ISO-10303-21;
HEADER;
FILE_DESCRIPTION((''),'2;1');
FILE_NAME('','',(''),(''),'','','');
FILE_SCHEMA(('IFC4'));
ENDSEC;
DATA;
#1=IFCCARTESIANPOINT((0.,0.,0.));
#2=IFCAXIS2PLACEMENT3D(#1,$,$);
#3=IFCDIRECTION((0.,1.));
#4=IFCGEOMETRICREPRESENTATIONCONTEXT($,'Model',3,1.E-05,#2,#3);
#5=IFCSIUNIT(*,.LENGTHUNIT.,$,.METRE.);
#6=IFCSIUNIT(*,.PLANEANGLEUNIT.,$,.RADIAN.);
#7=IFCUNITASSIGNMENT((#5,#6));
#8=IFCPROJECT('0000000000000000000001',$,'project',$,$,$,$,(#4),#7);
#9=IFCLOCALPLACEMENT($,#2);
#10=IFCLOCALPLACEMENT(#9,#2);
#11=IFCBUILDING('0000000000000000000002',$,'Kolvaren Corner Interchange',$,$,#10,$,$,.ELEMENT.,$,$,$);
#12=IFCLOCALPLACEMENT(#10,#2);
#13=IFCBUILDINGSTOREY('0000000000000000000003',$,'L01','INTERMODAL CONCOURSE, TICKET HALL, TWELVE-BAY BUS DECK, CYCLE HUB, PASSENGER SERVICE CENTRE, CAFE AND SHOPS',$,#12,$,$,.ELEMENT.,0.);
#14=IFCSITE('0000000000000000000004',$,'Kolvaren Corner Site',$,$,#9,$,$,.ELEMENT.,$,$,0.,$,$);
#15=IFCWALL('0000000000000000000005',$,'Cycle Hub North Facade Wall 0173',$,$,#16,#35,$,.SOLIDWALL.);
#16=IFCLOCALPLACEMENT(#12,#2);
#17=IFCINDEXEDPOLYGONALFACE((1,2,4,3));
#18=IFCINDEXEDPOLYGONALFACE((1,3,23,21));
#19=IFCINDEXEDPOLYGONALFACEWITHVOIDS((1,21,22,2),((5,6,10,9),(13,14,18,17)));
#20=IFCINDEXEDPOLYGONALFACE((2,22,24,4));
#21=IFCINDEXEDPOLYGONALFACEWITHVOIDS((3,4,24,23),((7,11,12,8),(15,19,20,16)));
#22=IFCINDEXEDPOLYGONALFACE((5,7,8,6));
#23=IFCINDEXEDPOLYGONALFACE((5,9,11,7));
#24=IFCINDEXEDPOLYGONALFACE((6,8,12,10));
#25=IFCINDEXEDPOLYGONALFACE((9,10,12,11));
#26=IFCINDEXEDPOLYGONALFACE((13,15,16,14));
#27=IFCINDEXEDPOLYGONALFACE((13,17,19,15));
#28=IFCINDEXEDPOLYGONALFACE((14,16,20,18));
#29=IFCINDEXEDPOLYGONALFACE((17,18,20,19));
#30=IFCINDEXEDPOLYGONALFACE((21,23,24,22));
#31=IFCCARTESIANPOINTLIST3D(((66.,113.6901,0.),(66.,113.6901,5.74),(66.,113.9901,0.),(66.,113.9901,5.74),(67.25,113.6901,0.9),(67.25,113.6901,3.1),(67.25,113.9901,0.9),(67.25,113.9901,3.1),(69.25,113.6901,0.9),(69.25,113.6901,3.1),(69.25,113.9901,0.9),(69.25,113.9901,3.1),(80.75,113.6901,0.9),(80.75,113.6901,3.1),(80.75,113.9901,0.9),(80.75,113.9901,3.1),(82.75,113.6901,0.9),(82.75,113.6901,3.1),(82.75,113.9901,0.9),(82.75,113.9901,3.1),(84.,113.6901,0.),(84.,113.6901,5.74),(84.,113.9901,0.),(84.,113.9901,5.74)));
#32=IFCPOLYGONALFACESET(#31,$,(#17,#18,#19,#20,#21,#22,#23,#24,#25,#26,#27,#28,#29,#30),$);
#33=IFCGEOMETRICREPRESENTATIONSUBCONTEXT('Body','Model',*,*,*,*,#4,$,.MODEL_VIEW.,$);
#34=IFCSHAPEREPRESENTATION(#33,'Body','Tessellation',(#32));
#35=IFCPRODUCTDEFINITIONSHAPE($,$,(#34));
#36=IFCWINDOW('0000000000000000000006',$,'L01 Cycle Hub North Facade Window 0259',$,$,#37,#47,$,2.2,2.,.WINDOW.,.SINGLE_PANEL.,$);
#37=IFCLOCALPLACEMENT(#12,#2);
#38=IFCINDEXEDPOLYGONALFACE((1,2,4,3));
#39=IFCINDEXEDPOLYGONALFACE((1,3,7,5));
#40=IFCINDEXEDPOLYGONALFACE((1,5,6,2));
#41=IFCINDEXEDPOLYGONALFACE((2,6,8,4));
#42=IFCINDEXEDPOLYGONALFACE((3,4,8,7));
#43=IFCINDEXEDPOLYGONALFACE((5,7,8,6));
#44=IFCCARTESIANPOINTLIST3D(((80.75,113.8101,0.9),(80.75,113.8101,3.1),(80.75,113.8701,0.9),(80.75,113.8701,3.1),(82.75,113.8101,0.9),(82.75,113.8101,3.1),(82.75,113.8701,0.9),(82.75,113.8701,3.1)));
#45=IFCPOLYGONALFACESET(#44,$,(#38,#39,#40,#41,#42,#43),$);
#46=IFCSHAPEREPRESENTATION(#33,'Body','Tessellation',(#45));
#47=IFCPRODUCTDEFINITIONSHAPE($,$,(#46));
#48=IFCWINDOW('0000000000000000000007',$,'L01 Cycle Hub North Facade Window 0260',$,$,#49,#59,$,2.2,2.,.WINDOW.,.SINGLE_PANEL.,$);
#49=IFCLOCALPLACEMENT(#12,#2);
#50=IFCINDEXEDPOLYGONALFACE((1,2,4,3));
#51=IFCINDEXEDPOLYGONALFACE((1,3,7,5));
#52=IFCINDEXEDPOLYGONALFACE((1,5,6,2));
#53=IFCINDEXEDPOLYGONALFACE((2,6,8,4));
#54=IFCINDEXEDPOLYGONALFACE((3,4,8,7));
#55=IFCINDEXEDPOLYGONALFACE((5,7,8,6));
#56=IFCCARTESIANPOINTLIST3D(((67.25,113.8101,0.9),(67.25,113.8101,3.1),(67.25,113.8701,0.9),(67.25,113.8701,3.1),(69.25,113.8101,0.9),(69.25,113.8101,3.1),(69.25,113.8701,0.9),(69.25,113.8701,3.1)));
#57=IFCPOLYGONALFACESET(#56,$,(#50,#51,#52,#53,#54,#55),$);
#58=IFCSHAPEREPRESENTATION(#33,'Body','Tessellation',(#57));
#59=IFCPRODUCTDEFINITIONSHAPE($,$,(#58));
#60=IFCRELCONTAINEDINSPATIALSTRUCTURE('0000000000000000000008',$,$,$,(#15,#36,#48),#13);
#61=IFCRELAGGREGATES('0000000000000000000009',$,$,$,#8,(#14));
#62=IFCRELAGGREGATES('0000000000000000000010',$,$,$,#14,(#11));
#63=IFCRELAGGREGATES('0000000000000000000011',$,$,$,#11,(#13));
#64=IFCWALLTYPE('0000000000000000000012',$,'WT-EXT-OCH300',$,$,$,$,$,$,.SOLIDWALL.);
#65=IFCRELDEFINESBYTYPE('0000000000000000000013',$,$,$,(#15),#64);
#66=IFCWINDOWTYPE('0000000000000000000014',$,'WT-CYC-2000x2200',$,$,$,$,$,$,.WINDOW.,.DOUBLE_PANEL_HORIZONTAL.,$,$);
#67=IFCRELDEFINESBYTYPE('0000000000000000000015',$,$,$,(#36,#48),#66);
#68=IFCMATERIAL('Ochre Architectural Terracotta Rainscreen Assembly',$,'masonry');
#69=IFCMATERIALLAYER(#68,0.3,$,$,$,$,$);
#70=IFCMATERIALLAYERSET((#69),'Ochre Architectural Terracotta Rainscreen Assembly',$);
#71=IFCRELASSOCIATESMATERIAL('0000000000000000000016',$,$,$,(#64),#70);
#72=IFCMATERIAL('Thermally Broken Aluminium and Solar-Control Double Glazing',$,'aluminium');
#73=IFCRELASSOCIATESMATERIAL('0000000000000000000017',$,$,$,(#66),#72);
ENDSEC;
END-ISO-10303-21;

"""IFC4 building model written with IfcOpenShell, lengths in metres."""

from ifc_helpers import new_model, si_unit, direction, frame, frame_2d, origin, place, context, subcontext, project, spatial, rectangle, extrude, material, layer, layer_set, type_object, element, fill, save


model = new_model("IFC4")

# Units and contexts
model_context = context("Model", 3, precision=1e-05, world=origin(), true_north=direction((0.0, 1.0)))
body_context = subcontext(model_context, "Body", "Model", "MODEL_VIEW")
ifc_project = project(units=[si_unit("LENGTHUNIT", "METRE"), si_unit("PLANEANGLEUNIT", "RADIAN")], contexts=[model_context])

# Site, building, storey
site_placement = place(None, origin())
site = spatial("IfcSite", under=ifc_project, at=site_placement, Name="Kolvaren Corner Site", CompositionType="ELEMENT", RefElevation=0.0)
building_placement = place(site_placement, origin())
building = spatial("IfcBuilding", under=site, at=building_placement, Name="Kolvaren Corner Interchange", CompositionType="ELEMENT")
storey_placement = place(building_placement, origin())
storey = spatial("IfcBuildingStorey", under=building, at=storey_placement, Name="L01", Description="INTERMODAL CONCOURSE, TICKET HALL, TWELVE-BAY BUS DECK, CYCLE HUB, PASSENGER SERVICE CENTRE, CAFE AND SHOPS", CompositionType="ELEMENT", Elevation=0.0)

# Shared definitions
ifc_material_1 = material(Name="Ochre Architectural Terracotta Rainscreen Assembly", Category="masonry")
ifc_layer_1 = layer(ifc_material_1, 0.3)
ifc_layer_set_1 = layer_set([ifc_layer_1], Name="Ochre Architectural Terracotta Rainscreen Assembly")
wall_type = type_object("IfcWallType", Name="WT-EXT-OCH300", PredefinedType="SOLIDWALL", material=ifc_layer_set_1)

# Wall, openings, windows
wall_1_placement = place(storey_placement, frame((84.0, 113.8401, 0.0), z_axis=(0.0, 0.0, 1.0), x_axis=(-1.0, 0.0, 0.0)))
wall_1 = element("IfcWall", 1, at=wall_1_placement, inside=storey, type_object=wall_type, Name="Cycle Hub North Facade Wall 0173", PredefinedType="SOLIDWALL", context=body_context, shape_type="SweptSolid", body=[
    extrude(rectangle(XDim=18.0, YDim=0.3, at=frame_2d((9.0, 0.0))), origin(), (0.0, 0.0, 1.0), 5.74),
])
opening_1_placement = place(wall_1_placement, frame((1.25, 0.0, 0.8999)))
opening_1 = element("IfcOpeningElement", 2, at=opening_1_placement, cuts=wall_1, PredefinedType="OPENING", context=body_context, shape_type="SweptSolid", body=[
    extrude(rectangle(XDim=2.0, YDim=2.2, at=frame_2d((1.0, 1.1001))), frame((0.0, 0.1599, 0.0), z_axis=(0.0, -1.0, 0.0), x_axis=(1.0, 0.0, 0.0)), (0.0, 0.0, 1.0), 0.3201),
])
opening_2_placement = place(wall_1_placement, frame((14.75, 0.0, 0.8999)))
opening_2 = element("IfcOpeningElement", 3, at=opening_2_placement, cuts=wall_1, PredefinedType="OPENING", context=body_context, shape_type="SweptSolid", body=[
    extrude(rectangle(XDim=2.0, YDim=2.2, at=frame_2d((1.0, 1.1001))), frame((0.0, 0.1599, 0.0), z_axis=(0.0, -1.0, 0.0), x_axis=(1.0, 0.0, 0.0)), (0.0, 0.0, 1.0), 0.3201),
])
ifc_material_2 = material(Name="Thermally Broken Aluminium and Solar-Control Double Glazing", Category="aluminium")
window_type = type_object("IfcWindowType", Name="WT-CYC-2000x2200", PartitioningType="DOUBLE_PANEL_HORIZONTAL", PredefinedType="WINDOW", material=ifc_material_2)
window_1_placement = place(opening_1_placement, origin())
window_1 = element("IfcWindow", 4, at=window_1_placement, inside=storey, type_object=window_type, Name="L01 Cycle Hub North Facade Window 0259", OverallHeight=2.2, OverallWidth=2.0, PartitioningType="SINGLE_PANEL", PredefinedType="WINDOW", context=body_context, shape_type="SweptSolid", body=[
    extrude(rectangle(XDim=2.0, YDim=2.2, at=frame_2d((1.0, 1.1001))), frame((0.0, 0.03, 0.0), z_axis=(0.0, -1.0, 0.0), x_axis=(1.0, 0.0, 0.0)), (0.0, 0.0, 1.0), 0.0601),
])
fill(opening_1, window_1)
window_2_placement = place(opening_2_placement, origin())
window_2 = element("IfcWindow", 5, at=window_2_placement, inside=storey, type_object=window_type, Name="L01 Cycle Hub North Facade Window 0260", OverallHeight=2.2, OverallWidth=2.0, PartitioningType="SINGLE_PANEL", PredefinedType="WINDOW", context=body_context, shape_type="SweptSolid", body=[
    extrude(rectangle(XDim=2.0, YDim=2.2, at=frame_2d((1.0, 1.1001))), frame((0.0, 0.03, 0.0), z_axis=(0.0, -1.0, 0.0), x_axis=(1.0, 0.0, 0.0)), (0.0, 0.0, 1.0), 0.0601),
])
fill(opening_2, window_2)

save(model, "model.ifc")
